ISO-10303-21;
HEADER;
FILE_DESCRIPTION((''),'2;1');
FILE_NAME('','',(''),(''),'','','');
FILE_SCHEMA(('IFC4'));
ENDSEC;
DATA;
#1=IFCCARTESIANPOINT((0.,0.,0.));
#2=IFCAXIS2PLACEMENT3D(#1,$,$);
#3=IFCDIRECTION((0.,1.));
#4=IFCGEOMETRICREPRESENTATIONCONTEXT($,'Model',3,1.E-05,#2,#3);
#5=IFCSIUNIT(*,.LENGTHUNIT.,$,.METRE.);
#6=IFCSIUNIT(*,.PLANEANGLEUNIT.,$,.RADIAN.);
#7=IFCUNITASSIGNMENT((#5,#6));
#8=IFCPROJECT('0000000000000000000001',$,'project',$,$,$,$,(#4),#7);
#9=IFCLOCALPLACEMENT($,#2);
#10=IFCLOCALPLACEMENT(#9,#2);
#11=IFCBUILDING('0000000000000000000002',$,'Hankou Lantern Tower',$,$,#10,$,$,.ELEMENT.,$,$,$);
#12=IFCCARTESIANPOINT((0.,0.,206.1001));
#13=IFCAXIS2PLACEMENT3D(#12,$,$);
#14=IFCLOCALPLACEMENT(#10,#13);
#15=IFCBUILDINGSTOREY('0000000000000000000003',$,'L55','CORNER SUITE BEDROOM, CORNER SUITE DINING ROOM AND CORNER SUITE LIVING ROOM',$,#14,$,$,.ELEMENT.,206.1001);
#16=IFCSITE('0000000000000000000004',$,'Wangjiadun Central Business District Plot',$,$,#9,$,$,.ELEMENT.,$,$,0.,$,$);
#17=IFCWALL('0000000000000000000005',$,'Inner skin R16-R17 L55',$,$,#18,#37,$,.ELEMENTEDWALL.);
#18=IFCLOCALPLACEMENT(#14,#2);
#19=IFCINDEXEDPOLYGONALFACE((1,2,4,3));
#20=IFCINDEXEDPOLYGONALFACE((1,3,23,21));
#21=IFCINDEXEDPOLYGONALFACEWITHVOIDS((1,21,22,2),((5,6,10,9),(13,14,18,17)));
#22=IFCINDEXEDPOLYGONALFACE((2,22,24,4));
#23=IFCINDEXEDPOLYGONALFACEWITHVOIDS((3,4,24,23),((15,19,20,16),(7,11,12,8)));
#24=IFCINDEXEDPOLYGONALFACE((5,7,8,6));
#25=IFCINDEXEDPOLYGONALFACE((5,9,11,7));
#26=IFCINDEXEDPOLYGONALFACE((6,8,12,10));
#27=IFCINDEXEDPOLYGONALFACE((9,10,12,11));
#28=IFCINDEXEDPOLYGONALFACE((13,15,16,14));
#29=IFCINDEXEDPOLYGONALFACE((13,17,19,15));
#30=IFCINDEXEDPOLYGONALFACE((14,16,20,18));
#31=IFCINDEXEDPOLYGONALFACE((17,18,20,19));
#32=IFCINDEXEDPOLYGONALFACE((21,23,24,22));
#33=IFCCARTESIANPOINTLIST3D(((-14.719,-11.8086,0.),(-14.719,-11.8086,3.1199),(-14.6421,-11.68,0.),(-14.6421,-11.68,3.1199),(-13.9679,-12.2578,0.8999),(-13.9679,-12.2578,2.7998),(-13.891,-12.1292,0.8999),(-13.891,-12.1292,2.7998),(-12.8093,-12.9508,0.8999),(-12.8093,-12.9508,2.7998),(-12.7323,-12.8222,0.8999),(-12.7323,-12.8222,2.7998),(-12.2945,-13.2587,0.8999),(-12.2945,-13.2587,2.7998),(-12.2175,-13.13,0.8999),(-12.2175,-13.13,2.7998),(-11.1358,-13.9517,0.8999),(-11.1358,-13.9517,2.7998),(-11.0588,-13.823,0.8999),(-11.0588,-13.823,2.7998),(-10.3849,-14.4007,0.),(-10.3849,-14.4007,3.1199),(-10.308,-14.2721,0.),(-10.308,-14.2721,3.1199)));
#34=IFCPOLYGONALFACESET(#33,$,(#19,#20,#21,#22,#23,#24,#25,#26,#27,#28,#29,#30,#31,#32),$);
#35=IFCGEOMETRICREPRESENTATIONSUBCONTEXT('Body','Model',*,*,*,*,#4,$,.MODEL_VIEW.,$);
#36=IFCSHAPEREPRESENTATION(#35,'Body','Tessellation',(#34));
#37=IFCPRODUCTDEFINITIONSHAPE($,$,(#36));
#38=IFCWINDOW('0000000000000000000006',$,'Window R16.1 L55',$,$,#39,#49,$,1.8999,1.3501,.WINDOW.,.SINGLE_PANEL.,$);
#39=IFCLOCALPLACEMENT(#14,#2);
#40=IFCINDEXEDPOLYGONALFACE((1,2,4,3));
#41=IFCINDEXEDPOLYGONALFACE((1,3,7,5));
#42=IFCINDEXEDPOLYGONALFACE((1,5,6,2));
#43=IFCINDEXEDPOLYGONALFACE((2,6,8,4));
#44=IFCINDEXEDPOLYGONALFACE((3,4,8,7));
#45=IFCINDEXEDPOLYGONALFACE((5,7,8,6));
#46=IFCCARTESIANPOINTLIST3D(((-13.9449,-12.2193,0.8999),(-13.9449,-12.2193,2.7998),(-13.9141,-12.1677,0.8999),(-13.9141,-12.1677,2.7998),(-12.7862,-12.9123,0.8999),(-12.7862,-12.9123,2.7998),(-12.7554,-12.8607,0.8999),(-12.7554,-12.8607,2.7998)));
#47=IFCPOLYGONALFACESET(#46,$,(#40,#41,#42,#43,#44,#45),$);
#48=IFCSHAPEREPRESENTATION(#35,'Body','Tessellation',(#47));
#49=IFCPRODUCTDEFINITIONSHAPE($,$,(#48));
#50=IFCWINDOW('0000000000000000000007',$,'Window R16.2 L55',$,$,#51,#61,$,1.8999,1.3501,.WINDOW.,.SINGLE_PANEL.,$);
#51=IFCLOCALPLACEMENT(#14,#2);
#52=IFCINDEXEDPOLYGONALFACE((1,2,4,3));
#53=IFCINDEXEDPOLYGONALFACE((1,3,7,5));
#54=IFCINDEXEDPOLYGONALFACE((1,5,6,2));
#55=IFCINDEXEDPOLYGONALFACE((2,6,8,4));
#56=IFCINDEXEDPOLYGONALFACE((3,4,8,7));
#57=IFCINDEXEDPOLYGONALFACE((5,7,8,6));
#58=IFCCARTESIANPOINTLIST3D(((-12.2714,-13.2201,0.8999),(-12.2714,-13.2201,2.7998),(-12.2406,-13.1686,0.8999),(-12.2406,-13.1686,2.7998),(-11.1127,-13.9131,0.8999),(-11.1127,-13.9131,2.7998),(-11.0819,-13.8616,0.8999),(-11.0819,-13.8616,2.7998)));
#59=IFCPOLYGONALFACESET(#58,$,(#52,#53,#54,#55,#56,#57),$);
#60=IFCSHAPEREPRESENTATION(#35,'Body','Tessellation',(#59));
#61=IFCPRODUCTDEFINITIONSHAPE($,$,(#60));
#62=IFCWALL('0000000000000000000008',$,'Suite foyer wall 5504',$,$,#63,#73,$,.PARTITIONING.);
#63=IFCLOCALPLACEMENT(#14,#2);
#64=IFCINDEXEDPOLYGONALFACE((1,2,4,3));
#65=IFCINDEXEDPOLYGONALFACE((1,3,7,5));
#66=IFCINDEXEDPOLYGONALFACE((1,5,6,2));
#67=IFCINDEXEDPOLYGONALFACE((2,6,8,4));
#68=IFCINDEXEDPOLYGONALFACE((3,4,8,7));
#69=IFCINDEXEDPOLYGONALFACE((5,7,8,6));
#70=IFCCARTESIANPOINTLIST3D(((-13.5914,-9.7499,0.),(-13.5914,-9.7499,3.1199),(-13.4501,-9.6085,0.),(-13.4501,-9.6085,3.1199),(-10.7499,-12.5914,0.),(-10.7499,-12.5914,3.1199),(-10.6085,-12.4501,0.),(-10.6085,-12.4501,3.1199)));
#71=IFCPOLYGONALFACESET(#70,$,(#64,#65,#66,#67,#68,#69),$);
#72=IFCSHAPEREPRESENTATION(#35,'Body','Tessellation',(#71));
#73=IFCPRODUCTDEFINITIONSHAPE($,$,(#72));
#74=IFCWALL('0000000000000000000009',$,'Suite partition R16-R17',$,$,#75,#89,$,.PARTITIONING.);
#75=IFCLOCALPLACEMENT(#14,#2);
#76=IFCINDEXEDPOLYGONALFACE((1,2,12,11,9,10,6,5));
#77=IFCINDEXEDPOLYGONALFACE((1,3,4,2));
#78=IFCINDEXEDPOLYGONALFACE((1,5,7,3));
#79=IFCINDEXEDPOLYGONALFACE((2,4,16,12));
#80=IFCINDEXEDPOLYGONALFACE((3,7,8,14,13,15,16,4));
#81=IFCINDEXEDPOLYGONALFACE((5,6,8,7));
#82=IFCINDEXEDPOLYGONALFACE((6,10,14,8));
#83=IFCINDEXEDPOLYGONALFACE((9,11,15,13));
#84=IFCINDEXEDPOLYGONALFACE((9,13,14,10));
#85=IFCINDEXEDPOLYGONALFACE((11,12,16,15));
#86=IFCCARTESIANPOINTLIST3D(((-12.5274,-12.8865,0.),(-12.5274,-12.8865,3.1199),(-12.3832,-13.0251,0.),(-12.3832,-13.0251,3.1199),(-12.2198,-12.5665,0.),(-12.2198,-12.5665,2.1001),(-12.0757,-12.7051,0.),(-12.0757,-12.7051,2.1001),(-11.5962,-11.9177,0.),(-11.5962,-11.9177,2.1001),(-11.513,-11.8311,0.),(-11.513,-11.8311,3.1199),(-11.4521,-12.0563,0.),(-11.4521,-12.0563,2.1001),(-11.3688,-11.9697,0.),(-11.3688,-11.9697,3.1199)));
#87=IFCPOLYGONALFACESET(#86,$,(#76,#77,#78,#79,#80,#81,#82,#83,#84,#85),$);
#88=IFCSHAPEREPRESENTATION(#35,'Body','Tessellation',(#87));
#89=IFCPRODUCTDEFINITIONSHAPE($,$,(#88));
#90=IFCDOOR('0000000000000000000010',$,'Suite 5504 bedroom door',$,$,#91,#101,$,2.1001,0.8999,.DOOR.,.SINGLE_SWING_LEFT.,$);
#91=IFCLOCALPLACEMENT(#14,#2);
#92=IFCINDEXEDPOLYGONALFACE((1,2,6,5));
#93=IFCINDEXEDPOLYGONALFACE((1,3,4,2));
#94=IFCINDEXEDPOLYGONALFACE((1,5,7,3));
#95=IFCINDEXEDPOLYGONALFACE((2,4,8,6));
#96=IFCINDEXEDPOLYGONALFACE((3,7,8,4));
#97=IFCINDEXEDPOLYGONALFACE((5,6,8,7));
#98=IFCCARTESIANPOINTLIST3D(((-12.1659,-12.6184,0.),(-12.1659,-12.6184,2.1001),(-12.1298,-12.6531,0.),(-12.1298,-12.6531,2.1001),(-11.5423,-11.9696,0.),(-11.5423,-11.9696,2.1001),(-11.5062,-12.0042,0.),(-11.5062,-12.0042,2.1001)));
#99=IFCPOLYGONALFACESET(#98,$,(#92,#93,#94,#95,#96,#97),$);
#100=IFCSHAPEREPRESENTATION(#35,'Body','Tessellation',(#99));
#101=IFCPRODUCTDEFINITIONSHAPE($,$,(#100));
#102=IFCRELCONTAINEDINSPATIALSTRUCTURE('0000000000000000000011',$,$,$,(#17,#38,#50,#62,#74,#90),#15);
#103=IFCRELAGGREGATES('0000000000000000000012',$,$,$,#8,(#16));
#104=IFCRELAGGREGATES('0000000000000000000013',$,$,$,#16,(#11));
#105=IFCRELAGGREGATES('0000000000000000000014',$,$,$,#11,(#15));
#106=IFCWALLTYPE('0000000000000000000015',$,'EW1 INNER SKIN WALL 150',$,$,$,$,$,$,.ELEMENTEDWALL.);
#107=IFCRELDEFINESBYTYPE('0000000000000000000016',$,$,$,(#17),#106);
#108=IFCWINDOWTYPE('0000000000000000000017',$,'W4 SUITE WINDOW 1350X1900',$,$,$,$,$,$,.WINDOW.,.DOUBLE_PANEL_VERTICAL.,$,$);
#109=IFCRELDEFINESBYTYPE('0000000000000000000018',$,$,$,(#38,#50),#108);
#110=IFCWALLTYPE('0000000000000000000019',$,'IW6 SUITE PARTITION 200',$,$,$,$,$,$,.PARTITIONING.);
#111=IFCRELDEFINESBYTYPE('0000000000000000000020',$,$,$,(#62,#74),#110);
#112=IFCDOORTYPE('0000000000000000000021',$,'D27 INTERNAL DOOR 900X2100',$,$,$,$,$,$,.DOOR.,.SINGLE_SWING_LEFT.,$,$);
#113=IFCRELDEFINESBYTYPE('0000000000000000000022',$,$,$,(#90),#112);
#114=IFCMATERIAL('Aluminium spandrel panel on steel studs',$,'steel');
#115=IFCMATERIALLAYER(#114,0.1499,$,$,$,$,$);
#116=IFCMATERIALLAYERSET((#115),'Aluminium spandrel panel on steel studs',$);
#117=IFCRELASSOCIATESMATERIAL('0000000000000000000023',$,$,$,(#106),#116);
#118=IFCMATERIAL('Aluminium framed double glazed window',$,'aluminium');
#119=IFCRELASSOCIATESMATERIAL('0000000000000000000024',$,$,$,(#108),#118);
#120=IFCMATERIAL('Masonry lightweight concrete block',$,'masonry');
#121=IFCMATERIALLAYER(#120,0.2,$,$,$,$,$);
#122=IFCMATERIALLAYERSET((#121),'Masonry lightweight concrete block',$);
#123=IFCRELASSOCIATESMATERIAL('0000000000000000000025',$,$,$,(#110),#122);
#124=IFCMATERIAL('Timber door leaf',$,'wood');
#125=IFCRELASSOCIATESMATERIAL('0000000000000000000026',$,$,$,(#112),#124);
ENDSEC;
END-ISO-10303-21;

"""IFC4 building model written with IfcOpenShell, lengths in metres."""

from ifc_helpers import new_model, si_unit, direction, frame, frame_2d, origin, place, context, subcontext, project, spatial, rectangle, extrude, material, layer, layer_set, type_object, element, fill, save


model = new_model("IFC4")

# Units and contexts
model_context = context("Model", 3, precision=1e-05, world=origin(), true_north=direction((0.0, 1.0)))
body_context = subcontext(model_context, "Body", "Model", "MODEL_VIEW")
ifc_project = project(units=[si_unit("LENGTHUNIT", "METRE"), si_unit("PLANEANGLEUNIT", "RADIAN")], contexts=[model_context])

# Site, building, storey
site_placement = place(None, origin())
site = spatial("IfcSite", under=ifc_project, at=site_placement, Name="Wangjiadun Central Business District Plot", CompositionType="ELEMENT", RefElevation=0.0)
building_placement = place(site_placement, origin())
building = spatial("IfcBuilding", under=site, at=building_placement, Name="Hankou Lantern Tower", CompositionType="ELEMENT")
storey_placement = place(building_placement, frame((0.0, 0.0, 206.1001)))
storey = spatial("IfcBuildingStorey", under=building, at=storey_placement, Name="L55", Description="CORNER SUITE BEDROOM, CORNER SUITE DINING ROOM AND CORNER SUITE LIVING ROOM", CompositionType="ELEMENT", Elevation=206.1001)

# Wall, openings, windows
ifc_material_1 = material(Name="Aluminium spandrel panel on steel studs", Category="steel")
ifc_layer_1 = layer(ifc_material_1, 0.1499)
ifc_layer_set_1 = layer_set([ifc_layer_1], Name="Aluminium spandrel panel on steel studs")
wall_type_1 = type_object("IfcWallType", Name="EW1 INNER SKIN WALL 150", PredefinedType="ELEMENTEDWALL", material=ifc_layer_set_1)
ifc_material_2 = material(Name="Aluminium framed double glazed window", Category="aluminium")
window_type = type_object("IfcWindowType", Name="W4 SUITE WINDOW 1350X1900", PartitioningType="DOUBLE_PANEL_VERTICAL", PredefinedType="WINDOW", material=ifc_material_2)
wall_1_placement = place(storey_placement, frame((-14.6804, -11.7444, 0.0), z_axis=(0.0, 0.0, 1.0), x_axis=(0.858222, -0.51328, 0.0)))
wall_1 = element("IfcWall", 1, at=wall_1_placement, inside=storey, type_object=wall_type_1, Name="Inner skin R16-R17 L55", PredefinedType="ELEMENTEDWALL", context=body_context, shape_type="SweptSolid", body=[
    extrude(rectangle(XDim=5.05, YDim=0.1499, at=frame_2d((2.5249, 0.0))), origin(), (0.0, 0.0, 1.0), 3.1199),
])
opening_1_placement = place(wall_1_placement, frame((0.875, 0.0, 0.8999)))
opening_1 = element("IfcOpeningElement", 2, at=opening_1_placement, cuts=wall_1, PredefinedType="OPENING", context=body_context, shape_type="SweptSolid", body=[
    extrude(rectangle(XDim=1.3501, YDim=1.8999, at=frame_2d((0.675, 0.95))), frame((0.0, 0.085, 0.0), z_axis=(0.0, -1.0, 0.0), x_axis=(1.0, 0.0, 0.0)), (0.0, 0.0, 1.0), 0.1699),
])
opening_2_placement = place(wall_1_placement, frame((2.825, 0.0, 0.8999)))
opening_2 = element("IfcOpeningElement", 3, at=opening_2_placement, cuts=wall_1, PredefinedType="OPENING", context=body_context, shape_type="SweptSolid", body=[
    extrude(rectangle(XDim=1.3501, YDim=1.8999, at=frame_2d((0.675, 0.95))), frame((0.0, 0.085, 0.0), z_axis=(0.0, -1.0, 0.0), x_axis=(1.0, 0.0, 0.0)), (0.0, 0.0, 1.0), 0.1699),
])
window_1_placement = place(opening_1_placement, origin())
window_1 = element("IfcWindow", 4, at=window_1_placement, inside=storey, type_object=window_type, Name="Window R16.1 L55", OverallHeight=1.8999, OverallWidth=1.3501, PartitioningType="SINGLE_PANEL", PredefinedType="WINDOW", context=body_context, shape_type="SweptSolid", body=[
    extrude(rectangle(XDim=1.3501, YDim=1.8999, at=frame_2d((0.675, 0.95))), frame((0.0, 0.03, 0.0), z_axis=(0.0, -1.0, 0.0), x_axis=(1.0, 0.0, 0.0)), (0.0, 0.0, 1.0), 0.0601),
])
fill(opening_1, window_1)
window_2_placement = place(opening_2_placement, origin())
window_2 = element("IfcWindow", 5, at=window_2_placement, inside=storey, type_object=window_type, Name="Window R16.2 L55", OverallHeight=1.8999, OverallWidth=1.3501, PartitioningType="SINGLE_PANEL", PredefinedType="WINDOW", context=body_context, shape_type="SweptSolid", body=[
    extrude(rectangle(XDim=1.3501, YDim=1.8999, at=frame_2d((0.675, 0.95))), frame((0.0, 0.03, 0.0), z_axis=(0.0, -1.0, 0.0), x_axis=(1.0, 0.0, 0.0)), (0.0, 0.0, 1.0), 0.0601),
])
fill(opening_2, window_2)

# Wall
ifc_material_3 = material(Name="Masonry lightweight concrete block", Category="masonry")
ifc_layer_2 = layer(ifc_material_3, 0.2)
ifc_layer_set_2 = layer_set([ifc_layer_2], Name="Masonry lightweight concrete block")
wall_type_2 = type_object("IfcWallType", Name="IW6 SUITE PARTITION 200", PredefinedType="PARTITIONING", material=ifc_layer_set_2)
wall_2_placement = place(storey_placement, frame((-13.5208, -9.6792, 0.0), z_axis=(0.0, 0.0, 1.0), x_axis=(0.707107, -0.707107, 0.0)))
element("IfcWall", 6, at=wall_2_placement, inside=storey, type_object=wall_type_2, Name="Suite foyer wall 5504", PredefinedType="PARTITIONING", context=body_context, shape_type="SweptSolid", body=[
    extrude(rectangle(XDim=4.0186, YDim=0.2, at=frame_2d((2.0093, 0.0))), origin(), (0.0, 0.0, 1.0), 3.1199),
])

# Wall, opening, door
wall_3_placement = place(storey_placement, frame((-11.4409, -11.9004, 0.0), z_axis=(0.0, 0.0, 1.0), x_axis=(-0.692959, -0.720977, 0.0)))
wall_3 = element("IfcWall", 7, at=wall_3_placement, inside=storey, type_object=wall_type_2, Name="Suite partition R16-R17", PredefinedType="PARTITIONING", context=body_context, shape_type="SweptSolid", body=[
    extrude(rectangle(XDim=1.4639, YDim=0.2, at=frame_2d((0.7319, 0.0))), origin(), (0.0, 0.0, 1.0), 3.1199),
])
opening_3_placement = place(wall_3_placement, frame((0.1201, 0.0, 0.0)))
opening_3 = element("IfcOpeningElement", 8, at=opening_3_placement, cuts=wall_3, PredefinedType="OPENING", context=body_context, shape_type="SweptSolid", body=[
    extrude(rectangle(XDim=0.8999, YDim=2.1001, at=frame_2d((0.45, 1.05))), frame((0.0, 0.1099, 0.0), z_axis=(0.0, -1.0, 0.0), x_axis=(1.0, 0.0, 0.0)), (0.0, 0.0, 1.0), 0.22),
])
ifc_material_4 = material(Name="Timber door leaf", Category="wood")
door_type = type_object("IfcDoorType", Name="D27 INTERNAL DOOR 900X2100", OperationType="SINGLE_SWING_LEFT", PredefinedType="DOOR", material=ifc_material_4)
door_placement = place(opening_3_placement, origin())
door = element("IfcDoor", 9, at=door_placement, inside=storey, type_object=door_type, Name="Suite 5504 bedroom door", OperationType="SINGLE_SWING_LEFT", OverallHeight=2.1001, OverallWidth=0.8999, PredefinedType="DOOR", context=body_context, shape_type="SweptSolid", body=[
    extrude(rectangle(XDim=0.8999, YDim=2.1001, at=frame_2d((0.45, 1.05))), frame((0.0, 0.0249, 0.0), z_axis=(0.0, -1.0, 0.0), x_axis=(1.0, 0.0, 0.0)), (0.0, 0.0, 1.0), 0.05),
])
fill(opening_3, door)

save(model, "model.ifc")
